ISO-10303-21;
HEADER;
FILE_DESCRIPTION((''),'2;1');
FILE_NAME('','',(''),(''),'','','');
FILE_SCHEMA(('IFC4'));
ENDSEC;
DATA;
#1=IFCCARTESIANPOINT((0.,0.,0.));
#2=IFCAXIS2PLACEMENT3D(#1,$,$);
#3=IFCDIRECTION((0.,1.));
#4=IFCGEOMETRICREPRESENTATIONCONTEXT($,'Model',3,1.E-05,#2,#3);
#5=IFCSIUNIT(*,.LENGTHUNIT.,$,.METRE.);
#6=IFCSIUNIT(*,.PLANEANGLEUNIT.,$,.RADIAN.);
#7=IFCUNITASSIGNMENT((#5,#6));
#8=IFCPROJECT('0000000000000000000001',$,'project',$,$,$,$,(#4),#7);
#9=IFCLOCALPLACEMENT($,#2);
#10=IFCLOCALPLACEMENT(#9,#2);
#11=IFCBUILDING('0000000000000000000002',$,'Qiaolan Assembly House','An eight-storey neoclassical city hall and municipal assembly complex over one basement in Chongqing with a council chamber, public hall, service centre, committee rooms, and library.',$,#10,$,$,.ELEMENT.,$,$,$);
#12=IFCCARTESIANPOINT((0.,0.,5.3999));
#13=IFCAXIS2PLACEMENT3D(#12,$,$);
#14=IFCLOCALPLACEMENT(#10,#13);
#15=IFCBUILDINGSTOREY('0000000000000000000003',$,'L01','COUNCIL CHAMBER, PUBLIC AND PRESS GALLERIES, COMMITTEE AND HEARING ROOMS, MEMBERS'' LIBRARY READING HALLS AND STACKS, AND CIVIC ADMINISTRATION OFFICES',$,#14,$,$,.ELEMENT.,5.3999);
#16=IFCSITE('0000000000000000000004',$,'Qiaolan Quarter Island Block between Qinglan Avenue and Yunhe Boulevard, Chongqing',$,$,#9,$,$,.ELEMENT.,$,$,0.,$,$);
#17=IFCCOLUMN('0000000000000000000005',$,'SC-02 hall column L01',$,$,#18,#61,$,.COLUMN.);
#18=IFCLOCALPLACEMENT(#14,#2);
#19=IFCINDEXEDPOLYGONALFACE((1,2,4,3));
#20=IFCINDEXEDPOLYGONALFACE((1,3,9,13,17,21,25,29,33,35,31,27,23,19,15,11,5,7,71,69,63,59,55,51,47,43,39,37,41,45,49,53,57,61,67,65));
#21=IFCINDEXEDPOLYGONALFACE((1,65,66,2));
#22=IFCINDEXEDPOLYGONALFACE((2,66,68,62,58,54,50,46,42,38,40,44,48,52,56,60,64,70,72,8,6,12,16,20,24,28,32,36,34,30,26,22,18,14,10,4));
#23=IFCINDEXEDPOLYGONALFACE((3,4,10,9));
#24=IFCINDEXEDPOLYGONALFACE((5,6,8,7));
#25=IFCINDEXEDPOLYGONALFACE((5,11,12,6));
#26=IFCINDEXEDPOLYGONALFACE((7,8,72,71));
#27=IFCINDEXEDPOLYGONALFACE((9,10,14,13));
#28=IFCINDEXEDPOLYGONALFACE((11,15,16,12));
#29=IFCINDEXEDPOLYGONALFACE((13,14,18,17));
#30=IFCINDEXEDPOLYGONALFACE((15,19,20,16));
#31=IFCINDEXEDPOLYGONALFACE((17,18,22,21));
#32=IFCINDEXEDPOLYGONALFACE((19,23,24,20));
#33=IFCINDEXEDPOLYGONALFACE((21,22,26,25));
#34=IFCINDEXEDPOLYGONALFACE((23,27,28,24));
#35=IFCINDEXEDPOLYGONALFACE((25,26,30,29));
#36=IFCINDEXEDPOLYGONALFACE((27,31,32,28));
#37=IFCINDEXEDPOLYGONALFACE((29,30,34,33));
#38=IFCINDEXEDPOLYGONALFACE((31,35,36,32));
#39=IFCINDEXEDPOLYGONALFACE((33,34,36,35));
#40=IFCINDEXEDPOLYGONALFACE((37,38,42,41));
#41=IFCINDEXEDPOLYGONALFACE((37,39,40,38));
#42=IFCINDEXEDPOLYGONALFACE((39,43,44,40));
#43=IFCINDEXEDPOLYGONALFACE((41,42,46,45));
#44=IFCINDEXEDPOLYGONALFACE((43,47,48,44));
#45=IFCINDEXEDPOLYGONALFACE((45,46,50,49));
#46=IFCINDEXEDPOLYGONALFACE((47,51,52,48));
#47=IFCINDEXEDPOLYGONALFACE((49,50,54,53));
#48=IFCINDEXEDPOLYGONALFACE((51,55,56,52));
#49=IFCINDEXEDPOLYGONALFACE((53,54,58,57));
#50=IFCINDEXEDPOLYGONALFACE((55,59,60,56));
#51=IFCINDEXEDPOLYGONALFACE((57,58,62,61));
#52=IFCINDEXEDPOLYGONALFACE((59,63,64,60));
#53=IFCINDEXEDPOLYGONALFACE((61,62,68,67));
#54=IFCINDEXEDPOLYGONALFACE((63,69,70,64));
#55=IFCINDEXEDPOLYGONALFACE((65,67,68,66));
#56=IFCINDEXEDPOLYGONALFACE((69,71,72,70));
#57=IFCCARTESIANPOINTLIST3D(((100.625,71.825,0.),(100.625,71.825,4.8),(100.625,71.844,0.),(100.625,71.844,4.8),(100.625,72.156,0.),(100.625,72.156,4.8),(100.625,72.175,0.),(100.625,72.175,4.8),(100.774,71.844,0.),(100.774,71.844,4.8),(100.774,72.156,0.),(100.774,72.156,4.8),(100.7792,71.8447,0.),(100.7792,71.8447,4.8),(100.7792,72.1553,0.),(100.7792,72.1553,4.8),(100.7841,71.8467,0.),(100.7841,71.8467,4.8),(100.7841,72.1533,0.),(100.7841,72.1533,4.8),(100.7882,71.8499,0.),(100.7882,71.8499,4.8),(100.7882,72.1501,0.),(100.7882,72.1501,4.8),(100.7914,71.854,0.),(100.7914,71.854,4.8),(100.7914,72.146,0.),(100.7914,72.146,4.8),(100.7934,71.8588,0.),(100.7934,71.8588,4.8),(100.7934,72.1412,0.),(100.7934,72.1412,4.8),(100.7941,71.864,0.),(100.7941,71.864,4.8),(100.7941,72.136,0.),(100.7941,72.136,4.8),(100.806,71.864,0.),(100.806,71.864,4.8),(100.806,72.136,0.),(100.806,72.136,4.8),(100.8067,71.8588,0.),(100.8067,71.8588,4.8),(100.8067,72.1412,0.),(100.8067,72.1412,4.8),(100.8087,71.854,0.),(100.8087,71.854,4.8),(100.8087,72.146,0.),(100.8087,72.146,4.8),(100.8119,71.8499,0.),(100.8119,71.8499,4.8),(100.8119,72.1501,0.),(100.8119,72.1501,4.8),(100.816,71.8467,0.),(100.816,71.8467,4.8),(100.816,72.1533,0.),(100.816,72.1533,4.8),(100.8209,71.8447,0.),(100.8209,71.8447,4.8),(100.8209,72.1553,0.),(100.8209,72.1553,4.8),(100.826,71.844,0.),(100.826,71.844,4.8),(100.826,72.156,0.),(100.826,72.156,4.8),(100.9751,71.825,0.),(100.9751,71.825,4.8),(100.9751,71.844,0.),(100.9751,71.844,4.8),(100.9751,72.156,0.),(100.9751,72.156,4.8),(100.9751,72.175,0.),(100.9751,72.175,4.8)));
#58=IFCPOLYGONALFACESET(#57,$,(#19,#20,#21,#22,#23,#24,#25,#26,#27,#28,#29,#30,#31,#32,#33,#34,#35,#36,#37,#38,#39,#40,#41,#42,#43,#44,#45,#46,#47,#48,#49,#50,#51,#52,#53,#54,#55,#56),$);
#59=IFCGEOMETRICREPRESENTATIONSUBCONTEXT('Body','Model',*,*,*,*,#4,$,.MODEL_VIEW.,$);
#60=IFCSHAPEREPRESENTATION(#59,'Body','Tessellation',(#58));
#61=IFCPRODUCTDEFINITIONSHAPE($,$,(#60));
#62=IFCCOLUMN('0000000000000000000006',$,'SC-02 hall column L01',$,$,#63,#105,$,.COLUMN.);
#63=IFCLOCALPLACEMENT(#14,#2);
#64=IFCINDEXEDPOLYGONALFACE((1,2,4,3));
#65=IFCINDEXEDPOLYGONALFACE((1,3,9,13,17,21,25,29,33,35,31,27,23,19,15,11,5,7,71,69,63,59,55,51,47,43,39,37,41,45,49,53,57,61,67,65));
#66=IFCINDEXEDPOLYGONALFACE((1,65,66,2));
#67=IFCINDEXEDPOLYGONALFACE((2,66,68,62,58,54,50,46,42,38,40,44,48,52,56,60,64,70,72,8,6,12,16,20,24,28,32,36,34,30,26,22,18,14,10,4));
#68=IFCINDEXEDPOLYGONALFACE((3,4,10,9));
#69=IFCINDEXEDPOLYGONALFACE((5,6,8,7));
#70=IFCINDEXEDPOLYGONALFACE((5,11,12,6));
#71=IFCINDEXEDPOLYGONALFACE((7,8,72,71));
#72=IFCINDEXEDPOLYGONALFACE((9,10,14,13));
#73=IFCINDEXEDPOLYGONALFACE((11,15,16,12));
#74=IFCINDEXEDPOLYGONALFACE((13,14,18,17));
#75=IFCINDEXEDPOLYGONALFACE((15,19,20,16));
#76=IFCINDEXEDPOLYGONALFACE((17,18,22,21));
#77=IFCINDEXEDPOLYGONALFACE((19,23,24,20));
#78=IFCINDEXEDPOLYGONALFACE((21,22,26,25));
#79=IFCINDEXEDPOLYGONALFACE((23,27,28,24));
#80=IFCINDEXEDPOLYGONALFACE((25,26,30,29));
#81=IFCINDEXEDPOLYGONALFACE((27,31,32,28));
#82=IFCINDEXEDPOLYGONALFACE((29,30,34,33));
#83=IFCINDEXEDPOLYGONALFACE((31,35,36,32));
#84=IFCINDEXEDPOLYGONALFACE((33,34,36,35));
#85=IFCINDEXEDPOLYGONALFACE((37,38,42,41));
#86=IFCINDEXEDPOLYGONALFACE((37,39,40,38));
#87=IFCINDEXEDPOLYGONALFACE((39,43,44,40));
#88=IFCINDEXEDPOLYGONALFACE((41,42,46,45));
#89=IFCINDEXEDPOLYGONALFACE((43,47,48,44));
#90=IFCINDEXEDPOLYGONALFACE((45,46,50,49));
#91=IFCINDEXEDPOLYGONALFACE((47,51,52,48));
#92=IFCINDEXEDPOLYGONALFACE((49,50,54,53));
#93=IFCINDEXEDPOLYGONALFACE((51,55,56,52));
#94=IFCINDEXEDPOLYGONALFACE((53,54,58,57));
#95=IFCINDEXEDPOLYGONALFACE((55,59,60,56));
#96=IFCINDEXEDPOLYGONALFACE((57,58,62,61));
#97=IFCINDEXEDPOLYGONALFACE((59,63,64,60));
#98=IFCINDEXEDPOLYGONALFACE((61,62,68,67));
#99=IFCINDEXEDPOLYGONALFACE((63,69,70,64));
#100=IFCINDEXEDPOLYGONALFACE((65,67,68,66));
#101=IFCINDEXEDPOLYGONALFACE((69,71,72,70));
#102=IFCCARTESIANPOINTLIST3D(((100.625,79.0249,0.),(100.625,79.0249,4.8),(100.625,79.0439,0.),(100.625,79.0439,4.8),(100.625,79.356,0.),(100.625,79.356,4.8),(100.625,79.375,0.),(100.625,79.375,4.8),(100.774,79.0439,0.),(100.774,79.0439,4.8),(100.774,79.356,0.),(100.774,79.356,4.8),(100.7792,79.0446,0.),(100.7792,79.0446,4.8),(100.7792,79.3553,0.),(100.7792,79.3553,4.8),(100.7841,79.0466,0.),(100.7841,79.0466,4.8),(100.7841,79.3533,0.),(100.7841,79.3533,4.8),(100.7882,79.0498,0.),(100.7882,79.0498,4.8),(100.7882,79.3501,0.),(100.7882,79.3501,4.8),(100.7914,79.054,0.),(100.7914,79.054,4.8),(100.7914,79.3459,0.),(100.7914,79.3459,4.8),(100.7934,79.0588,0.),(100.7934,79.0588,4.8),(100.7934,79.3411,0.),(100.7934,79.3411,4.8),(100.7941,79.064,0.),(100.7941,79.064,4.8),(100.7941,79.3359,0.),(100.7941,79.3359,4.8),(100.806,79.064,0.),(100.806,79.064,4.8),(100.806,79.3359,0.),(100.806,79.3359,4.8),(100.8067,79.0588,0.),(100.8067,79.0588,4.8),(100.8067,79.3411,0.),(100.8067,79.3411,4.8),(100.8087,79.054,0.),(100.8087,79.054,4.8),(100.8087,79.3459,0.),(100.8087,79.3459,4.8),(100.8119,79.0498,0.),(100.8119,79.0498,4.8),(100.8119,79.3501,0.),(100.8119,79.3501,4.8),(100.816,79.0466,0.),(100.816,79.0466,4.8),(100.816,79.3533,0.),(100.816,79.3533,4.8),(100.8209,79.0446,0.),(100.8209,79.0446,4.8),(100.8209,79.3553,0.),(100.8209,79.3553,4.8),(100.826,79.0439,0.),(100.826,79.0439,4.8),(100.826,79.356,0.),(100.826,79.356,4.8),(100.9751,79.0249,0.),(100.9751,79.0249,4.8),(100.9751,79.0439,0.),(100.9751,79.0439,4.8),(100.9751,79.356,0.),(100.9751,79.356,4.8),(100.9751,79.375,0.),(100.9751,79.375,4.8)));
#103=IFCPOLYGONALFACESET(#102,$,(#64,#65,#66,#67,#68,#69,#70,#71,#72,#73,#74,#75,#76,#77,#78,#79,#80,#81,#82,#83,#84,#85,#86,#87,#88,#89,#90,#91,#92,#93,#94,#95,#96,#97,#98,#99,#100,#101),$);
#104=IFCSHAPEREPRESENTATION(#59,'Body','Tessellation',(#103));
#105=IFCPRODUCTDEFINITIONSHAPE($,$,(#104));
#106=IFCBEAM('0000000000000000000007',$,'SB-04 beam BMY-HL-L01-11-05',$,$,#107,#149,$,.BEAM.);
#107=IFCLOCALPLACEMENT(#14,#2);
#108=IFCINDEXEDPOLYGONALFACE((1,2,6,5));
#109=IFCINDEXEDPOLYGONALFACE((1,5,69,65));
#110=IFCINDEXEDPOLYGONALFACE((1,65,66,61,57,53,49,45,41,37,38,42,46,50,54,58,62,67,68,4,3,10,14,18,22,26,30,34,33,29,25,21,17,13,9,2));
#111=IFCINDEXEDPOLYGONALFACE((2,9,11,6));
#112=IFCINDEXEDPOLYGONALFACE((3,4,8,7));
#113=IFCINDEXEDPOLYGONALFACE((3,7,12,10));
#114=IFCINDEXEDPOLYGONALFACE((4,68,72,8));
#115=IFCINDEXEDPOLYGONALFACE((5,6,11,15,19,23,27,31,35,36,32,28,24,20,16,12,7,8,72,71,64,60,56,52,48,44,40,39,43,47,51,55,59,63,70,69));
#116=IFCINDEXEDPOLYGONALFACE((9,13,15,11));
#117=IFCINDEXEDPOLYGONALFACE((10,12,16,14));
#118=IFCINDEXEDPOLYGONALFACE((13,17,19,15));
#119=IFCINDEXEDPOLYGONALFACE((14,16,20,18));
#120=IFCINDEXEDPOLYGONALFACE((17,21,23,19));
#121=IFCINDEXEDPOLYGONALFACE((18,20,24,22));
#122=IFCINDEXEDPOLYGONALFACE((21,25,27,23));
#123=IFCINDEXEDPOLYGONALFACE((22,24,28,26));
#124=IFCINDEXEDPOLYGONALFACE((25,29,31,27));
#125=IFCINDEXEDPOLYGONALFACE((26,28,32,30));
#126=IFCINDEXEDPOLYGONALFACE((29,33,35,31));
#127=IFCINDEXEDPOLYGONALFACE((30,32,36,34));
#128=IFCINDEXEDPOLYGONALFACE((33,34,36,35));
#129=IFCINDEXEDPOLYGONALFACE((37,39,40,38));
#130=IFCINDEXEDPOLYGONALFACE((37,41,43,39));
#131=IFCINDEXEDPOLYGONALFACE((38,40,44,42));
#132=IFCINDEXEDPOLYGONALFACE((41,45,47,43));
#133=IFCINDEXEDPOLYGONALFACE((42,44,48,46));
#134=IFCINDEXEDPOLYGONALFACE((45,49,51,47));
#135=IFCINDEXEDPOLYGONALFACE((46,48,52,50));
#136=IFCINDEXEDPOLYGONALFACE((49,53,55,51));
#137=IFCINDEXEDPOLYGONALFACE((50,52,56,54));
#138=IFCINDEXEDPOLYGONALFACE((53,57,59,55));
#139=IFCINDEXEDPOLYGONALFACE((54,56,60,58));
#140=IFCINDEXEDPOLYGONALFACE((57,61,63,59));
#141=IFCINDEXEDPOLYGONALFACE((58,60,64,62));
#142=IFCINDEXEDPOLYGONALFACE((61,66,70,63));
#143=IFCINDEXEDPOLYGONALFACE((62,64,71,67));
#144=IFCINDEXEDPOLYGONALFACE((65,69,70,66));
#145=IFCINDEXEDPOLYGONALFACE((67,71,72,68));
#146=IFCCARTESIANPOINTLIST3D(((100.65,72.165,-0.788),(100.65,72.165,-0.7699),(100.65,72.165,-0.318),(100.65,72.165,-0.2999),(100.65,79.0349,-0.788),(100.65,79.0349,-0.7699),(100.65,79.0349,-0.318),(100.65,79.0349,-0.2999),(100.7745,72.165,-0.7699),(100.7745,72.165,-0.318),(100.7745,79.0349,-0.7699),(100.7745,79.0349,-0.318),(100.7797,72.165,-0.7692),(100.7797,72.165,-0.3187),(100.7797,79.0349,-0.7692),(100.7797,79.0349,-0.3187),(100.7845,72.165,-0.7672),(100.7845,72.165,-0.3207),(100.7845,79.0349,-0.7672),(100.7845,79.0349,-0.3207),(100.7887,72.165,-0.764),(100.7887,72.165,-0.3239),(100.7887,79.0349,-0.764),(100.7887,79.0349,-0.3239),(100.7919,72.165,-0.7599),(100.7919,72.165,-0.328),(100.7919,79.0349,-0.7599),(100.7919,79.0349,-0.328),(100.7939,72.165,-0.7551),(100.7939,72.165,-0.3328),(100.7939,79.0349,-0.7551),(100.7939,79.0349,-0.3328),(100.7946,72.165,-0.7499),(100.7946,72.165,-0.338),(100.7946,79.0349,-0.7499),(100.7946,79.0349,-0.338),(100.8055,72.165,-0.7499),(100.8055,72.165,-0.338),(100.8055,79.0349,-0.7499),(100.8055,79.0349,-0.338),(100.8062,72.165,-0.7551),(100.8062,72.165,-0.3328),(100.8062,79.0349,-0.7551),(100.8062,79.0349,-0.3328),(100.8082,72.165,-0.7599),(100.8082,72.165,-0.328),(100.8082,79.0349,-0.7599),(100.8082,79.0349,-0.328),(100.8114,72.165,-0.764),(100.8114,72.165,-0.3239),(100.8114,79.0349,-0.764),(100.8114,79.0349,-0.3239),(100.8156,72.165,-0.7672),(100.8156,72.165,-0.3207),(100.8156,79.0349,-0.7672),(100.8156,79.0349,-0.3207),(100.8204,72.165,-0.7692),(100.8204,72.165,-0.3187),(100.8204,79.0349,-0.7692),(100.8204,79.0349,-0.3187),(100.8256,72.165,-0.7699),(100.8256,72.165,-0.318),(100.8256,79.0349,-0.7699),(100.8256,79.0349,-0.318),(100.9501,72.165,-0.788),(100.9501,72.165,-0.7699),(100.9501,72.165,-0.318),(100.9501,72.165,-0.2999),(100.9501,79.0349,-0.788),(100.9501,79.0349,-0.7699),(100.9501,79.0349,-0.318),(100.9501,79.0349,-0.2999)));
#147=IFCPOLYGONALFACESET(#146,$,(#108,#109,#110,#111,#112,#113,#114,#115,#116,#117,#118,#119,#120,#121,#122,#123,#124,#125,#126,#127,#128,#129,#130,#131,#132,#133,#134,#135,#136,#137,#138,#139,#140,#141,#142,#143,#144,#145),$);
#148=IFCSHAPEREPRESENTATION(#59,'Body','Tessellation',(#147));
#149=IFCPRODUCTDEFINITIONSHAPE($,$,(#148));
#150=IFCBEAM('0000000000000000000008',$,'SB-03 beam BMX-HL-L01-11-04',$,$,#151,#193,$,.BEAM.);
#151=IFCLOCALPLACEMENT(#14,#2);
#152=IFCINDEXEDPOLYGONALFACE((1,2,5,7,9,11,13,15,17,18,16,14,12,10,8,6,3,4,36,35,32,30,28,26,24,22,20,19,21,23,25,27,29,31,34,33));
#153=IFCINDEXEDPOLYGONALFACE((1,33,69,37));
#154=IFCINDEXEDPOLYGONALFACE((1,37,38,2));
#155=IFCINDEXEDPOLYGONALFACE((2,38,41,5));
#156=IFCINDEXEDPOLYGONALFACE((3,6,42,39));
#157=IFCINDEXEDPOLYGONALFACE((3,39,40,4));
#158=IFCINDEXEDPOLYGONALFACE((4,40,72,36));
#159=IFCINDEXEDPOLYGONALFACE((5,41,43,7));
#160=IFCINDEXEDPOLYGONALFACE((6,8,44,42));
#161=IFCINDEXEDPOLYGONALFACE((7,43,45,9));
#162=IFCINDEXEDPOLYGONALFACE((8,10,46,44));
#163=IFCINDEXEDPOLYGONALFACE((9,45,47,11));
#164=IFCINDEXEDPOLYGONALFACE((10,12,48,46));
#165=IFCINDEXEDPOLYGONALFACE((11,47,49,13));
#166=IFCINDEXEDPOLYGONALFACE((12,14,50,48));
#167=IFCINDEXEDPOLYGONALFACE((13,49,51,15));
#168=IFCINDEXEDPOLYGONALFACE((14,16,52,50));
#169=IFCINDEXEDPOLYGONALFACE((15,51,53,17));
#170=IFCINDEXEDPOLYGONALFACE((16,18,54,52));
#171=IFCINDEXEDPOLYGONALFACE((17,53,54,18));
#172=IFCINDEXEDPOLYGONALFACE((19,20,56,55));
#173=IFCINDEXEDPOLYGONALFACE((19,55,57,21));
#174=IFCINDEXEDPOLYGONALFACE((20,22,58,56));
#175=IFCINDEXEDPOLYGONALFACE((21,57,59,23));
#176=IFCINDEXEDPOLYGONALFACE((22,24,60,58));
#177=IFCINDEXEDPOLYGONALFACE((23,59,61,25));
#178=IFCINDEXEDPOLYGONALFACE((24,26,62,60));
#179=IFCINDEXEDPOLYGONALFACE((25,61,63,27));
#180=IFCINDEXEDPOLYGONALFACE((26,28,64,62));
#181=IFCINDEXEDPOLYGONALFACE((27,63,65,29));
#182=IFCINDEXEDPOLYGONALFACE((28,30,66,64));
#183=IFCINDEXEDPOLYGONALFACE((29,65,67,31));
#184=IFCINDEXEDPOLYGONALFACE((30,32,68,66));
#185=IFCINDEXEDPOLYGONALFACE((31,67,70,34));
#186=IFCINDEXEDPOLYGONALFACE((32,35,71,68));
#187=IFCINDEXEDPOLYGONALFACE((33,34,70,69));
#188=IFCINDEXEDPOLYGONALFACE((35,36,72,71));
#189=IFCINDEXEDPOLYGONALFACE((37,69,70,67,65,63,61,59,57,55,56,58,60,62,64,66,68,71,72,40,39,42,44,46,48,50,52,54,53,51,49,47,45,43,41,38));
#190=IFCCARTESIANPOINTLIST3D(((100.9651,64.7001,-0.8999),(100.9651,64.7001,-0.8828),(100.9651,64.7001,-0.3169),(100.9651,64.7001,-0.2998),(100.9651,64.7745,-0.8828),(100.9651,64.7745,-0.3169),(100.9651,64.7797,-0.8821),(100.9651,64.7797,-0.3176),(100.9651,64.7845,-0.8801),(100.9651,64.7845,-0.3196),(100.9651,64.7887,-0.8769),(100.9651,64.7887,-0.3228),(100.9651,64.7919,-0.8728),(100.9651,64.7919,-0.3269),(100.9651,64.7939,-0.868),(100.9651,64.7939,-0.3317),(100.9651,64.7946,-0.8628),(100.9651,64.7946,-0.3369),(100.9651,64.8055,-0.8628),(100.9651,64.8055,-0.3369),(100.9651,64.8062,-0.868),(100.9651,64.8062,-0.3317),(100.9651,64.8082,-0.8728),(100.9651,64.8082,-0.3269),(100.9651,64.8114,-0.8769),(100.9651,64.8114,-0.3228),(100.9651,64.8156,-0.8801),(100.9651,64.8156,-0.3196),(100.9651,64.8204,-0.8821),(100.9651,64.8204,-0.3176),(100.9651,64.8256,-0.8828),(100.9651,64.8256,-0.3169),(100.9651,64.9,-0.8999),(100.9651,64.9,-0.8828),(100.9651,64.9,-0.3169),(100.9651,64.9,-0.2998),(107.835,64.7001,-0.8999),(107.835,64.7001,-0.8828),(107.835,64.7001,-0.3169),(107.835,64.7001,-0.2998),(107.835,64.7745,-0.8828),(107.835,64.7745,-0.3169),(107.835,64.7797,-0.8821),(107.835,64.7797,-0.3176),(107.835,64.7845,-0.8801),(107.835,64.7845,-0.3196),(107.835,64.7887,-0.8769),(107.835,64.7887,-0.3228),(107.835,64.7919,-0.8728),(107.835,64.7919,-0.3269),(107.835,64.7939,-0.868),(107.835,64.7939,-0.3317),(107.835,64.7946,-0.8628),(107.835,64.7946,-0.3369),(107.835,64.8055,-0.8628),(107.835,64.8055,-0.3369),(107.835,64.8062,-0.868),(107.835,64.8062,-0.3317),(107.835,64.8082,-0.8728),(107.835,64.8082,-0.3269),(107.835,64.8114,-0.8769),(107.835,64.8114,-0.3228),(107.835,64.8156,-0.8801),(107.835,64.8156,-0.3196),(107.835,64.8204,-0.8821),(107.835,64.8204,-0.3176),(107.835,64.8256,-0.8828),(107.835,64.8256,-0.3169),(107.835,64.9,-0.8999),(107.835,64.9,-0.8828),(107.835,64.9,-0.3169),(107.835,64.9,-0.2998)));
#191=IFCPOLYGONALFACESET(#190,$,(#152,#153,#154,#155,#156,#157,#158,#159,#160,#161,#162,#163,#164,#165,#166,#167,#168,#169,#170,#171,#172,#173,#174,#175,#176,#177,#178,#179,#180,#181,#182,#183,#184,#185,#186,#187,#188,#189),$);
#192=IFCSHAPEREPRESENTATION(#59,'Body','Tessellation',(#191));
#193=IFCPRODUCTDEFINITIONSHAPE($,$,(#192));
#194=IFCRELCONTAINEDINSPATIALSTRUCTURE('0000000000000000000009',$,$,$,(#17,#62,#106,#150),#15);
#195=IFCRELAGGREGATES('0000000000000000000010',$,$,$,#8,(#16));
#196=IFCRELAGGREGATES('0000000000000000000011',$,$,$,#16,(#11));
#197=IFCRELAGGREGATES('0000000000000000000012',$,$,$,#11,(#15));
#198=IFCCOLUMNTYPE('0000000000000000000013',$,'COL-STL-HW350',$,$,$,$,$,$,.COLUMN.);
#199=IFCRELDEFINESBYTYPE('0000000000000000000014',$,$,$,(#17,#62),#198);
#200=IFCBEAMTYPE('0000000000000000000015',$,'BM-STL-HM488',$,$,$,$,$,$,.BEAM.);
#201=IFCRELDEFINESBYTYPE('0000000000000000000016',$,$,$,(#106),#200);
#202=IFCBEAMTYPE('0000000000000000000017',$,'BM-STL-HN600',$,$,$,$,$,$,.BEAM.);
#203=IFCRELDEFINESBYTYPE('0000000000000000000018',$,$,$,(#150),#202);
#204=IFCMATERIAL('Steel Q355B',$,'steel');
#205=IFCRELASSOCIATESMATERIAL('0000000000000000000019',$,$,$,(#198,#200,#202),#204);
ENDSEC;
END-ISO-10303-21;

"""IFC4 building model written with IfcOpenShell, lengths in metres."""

from ifc_helpers import new_model, si_unit, direction, frame, origin, origin_2d, place, context, subcontext, project, spatial, i_section, extrude, material, material_profile, profile_set, type_object, element, save


model = new_model("IFC4")

# Units and contexts
model_context = context("Model", 3, precision=1e-05, world=origin(), true_north=direction((0.0, 1.0)))
body_context = subcontext(model_context, "Body", "Model", "MODEL_VIEW")
ifc_project = project(units=[si_unit("LENGTHUNIT", "METRE"), si_unit("PLANEANGLEUNIT", "RADIAN")], contexts=[model_context])

# Site, building, storey
site_placement = place(None, origin())
site = spatial("IfcSite", under=ifc_project, at=site_placement, Name="Qiaolan Quarter Island Block between Qinglan Avenue and Yunhe Boulevard, Chongqing", CompositionType="ELEMENT", RefElevation=0.0)
building_placement = place(site_placement, origin())
building = spatial("IfcBuilding", under=site, at=building_placement, Name="Qiaolan Assembly House", Description="An eight-storey neoclassical city hall and municipal assembly complex over one basement in Chongqing with a council chamber, public hall, service centre, committee rooms, and library.", CompositionType="ELEMENT")
storey_placement = place(building_placement, frame((0.0, 0.0, 5.3999)))
storey = spatial("IfcBuildingStorey", under=building, at=storey_placement, Name="L01", Description="COUNCIL CHAMBER, PUBLIC AND PRESS GALLERIES, COMMITTEE AND HEARING ROOMS, MEMBERS' LIBRARY READING HALLS AND STACKS, AND CIVIC ADMINISTRATION OFFICES", CompositionType="ELEMENT", Elevation=5.3999)

# Columns
ifc_material_1 = material(Name="Steel Q355B", Category="steel")
ifc_material_profile_1 = material_profile(ifc_material_1, i_section(OverallWidth=0.3501, OverallDepth=0.3501, WebThickness=0.012, FlangeThickness=0.019, FilletRadius=0.02, at=origin_2d()), Name="HW 350x350x12x19")
ifc_profile_set_1 = profile_set([ifc_material_profile_1], Name="Steel Q355B")
column_type = type_object("IfcColumnType", Name="COL-STL-HW350", PredefinedType="COLUMN", material=ifc_profile_set_1)
for number, where, z_axis, x_axis, name in (
    (1, (100.8, 72.0, 0.0), (0.0, 0.0, 1.0), (1.0, 0.0, 0.0), "SC-02 hall column L01"),
    (2, (100.8, 79.2, 0.0), (0.0, 0.0, 1.0), (1.0, 0.0, 0.0), "SC-02 hall column L01"),
):
    element("IfcColumn", number, at=place(storey_placement, frame(where, z_axis=z_axis, x_axis=x_axis)), inside=storey, type_object=column_type, Name=name, PredefinedType="COLUMN", context=body_context, shape_type="SweptSolid", body=[
        extrude(i_section(OverallWidth=0.3501, OverallDepth=0.3501, WebThickness=0.012, FlangeThickness=0.019, FilletRadius=0.02, at=origin_2d()), origin(), (0.0, 0.0, 1.0), 4.8),
    ])

# Beams
ifc_material_profile_2 = material_profile(ifc_material_1, i_section(OverallWidth=0.3, OverallDepth=0.488, WebThickness=0.011, FlangeThickness=0.0181, FilletRadius=0.02, at=origin_2d()), Name="HM 488x300x11x18")
ifc_profile_set_2 = profile_set([ifc_material_profile_2], Name="Steel Q355B")
beam_type_1 = type_object("IfcBeamType", Name="BM-STL-HM488", PredefinedType="BEAM", material=ifc_profile_set_2)
beam_placement = place(storey_placement, frame((100.8, 72.165, -0.5439), z_axis=(0.0, 1.0, 0.0), x_axis=(-1.0, 0.0, 0.0)))
element("IfcBeam", 3, at=beam_placement, inside=storey, type_object=beam_type_1, Name="SB-04 beam BMY-HL-L01-11-05", PredefinedType="BEAM", context=body_context, shape_type="SweptSolid", body=[
    extrude(i_section(OverallWidth=0.3, OverallDepth=0.488, WebThickness=0.011, FlangeThickness=0.0181, FilletRadius=0.02, at=origin_2d()), origin(), (0.0, 0.0, 1.0), 6.8699),
])
ifc_material_profile_3 = material_profile(ifc_material_1, i_section(OverallWidth=0.2, OverallDepth=0.6001, WebThickness=0.011, FlangeThickness=0.0171, FilletRadius=0.02, at=origin_2d()), Name="HN 600x200x11x17")
ifc_profile_set_3 = profile_set([ifc_material_profile_3], Name="Steel Q355B")
beam_type_2 = type_object("IfcBeamType", Name="BM-STL-HN600", PredefinedType="BEAM", material=ifc_profile_set_3)
for number, where, z_axis, x_axis, name in (
    (4, (100.9651, 64.8, -0.5999), (1.0, 0.0, 0.0), (0.0, 1.0, 0.0), "SB-03 beam BMX-HL-L01-11-04"),
):
    element("IfcBeam", number, at=place(storey_placement, frame(where, z_axis=z_axis, x_axis=x_axis)), inside=storey, type_object=beam_type_2, Name=name, PredefinedType="BEAM", context=body_context, shape_type="SweptSolid", body=[
        extrude(i_section(OverallWidth=0.2, OverallDepth=0.6001, WebThickness=0.011, FlangeThickness=0.0171, FilletRadius=0.02, at=origin_2d()), origin(), (0.0, 0.0, 1.0), 6.8699),
    ])

save(model, "model.ifc")
